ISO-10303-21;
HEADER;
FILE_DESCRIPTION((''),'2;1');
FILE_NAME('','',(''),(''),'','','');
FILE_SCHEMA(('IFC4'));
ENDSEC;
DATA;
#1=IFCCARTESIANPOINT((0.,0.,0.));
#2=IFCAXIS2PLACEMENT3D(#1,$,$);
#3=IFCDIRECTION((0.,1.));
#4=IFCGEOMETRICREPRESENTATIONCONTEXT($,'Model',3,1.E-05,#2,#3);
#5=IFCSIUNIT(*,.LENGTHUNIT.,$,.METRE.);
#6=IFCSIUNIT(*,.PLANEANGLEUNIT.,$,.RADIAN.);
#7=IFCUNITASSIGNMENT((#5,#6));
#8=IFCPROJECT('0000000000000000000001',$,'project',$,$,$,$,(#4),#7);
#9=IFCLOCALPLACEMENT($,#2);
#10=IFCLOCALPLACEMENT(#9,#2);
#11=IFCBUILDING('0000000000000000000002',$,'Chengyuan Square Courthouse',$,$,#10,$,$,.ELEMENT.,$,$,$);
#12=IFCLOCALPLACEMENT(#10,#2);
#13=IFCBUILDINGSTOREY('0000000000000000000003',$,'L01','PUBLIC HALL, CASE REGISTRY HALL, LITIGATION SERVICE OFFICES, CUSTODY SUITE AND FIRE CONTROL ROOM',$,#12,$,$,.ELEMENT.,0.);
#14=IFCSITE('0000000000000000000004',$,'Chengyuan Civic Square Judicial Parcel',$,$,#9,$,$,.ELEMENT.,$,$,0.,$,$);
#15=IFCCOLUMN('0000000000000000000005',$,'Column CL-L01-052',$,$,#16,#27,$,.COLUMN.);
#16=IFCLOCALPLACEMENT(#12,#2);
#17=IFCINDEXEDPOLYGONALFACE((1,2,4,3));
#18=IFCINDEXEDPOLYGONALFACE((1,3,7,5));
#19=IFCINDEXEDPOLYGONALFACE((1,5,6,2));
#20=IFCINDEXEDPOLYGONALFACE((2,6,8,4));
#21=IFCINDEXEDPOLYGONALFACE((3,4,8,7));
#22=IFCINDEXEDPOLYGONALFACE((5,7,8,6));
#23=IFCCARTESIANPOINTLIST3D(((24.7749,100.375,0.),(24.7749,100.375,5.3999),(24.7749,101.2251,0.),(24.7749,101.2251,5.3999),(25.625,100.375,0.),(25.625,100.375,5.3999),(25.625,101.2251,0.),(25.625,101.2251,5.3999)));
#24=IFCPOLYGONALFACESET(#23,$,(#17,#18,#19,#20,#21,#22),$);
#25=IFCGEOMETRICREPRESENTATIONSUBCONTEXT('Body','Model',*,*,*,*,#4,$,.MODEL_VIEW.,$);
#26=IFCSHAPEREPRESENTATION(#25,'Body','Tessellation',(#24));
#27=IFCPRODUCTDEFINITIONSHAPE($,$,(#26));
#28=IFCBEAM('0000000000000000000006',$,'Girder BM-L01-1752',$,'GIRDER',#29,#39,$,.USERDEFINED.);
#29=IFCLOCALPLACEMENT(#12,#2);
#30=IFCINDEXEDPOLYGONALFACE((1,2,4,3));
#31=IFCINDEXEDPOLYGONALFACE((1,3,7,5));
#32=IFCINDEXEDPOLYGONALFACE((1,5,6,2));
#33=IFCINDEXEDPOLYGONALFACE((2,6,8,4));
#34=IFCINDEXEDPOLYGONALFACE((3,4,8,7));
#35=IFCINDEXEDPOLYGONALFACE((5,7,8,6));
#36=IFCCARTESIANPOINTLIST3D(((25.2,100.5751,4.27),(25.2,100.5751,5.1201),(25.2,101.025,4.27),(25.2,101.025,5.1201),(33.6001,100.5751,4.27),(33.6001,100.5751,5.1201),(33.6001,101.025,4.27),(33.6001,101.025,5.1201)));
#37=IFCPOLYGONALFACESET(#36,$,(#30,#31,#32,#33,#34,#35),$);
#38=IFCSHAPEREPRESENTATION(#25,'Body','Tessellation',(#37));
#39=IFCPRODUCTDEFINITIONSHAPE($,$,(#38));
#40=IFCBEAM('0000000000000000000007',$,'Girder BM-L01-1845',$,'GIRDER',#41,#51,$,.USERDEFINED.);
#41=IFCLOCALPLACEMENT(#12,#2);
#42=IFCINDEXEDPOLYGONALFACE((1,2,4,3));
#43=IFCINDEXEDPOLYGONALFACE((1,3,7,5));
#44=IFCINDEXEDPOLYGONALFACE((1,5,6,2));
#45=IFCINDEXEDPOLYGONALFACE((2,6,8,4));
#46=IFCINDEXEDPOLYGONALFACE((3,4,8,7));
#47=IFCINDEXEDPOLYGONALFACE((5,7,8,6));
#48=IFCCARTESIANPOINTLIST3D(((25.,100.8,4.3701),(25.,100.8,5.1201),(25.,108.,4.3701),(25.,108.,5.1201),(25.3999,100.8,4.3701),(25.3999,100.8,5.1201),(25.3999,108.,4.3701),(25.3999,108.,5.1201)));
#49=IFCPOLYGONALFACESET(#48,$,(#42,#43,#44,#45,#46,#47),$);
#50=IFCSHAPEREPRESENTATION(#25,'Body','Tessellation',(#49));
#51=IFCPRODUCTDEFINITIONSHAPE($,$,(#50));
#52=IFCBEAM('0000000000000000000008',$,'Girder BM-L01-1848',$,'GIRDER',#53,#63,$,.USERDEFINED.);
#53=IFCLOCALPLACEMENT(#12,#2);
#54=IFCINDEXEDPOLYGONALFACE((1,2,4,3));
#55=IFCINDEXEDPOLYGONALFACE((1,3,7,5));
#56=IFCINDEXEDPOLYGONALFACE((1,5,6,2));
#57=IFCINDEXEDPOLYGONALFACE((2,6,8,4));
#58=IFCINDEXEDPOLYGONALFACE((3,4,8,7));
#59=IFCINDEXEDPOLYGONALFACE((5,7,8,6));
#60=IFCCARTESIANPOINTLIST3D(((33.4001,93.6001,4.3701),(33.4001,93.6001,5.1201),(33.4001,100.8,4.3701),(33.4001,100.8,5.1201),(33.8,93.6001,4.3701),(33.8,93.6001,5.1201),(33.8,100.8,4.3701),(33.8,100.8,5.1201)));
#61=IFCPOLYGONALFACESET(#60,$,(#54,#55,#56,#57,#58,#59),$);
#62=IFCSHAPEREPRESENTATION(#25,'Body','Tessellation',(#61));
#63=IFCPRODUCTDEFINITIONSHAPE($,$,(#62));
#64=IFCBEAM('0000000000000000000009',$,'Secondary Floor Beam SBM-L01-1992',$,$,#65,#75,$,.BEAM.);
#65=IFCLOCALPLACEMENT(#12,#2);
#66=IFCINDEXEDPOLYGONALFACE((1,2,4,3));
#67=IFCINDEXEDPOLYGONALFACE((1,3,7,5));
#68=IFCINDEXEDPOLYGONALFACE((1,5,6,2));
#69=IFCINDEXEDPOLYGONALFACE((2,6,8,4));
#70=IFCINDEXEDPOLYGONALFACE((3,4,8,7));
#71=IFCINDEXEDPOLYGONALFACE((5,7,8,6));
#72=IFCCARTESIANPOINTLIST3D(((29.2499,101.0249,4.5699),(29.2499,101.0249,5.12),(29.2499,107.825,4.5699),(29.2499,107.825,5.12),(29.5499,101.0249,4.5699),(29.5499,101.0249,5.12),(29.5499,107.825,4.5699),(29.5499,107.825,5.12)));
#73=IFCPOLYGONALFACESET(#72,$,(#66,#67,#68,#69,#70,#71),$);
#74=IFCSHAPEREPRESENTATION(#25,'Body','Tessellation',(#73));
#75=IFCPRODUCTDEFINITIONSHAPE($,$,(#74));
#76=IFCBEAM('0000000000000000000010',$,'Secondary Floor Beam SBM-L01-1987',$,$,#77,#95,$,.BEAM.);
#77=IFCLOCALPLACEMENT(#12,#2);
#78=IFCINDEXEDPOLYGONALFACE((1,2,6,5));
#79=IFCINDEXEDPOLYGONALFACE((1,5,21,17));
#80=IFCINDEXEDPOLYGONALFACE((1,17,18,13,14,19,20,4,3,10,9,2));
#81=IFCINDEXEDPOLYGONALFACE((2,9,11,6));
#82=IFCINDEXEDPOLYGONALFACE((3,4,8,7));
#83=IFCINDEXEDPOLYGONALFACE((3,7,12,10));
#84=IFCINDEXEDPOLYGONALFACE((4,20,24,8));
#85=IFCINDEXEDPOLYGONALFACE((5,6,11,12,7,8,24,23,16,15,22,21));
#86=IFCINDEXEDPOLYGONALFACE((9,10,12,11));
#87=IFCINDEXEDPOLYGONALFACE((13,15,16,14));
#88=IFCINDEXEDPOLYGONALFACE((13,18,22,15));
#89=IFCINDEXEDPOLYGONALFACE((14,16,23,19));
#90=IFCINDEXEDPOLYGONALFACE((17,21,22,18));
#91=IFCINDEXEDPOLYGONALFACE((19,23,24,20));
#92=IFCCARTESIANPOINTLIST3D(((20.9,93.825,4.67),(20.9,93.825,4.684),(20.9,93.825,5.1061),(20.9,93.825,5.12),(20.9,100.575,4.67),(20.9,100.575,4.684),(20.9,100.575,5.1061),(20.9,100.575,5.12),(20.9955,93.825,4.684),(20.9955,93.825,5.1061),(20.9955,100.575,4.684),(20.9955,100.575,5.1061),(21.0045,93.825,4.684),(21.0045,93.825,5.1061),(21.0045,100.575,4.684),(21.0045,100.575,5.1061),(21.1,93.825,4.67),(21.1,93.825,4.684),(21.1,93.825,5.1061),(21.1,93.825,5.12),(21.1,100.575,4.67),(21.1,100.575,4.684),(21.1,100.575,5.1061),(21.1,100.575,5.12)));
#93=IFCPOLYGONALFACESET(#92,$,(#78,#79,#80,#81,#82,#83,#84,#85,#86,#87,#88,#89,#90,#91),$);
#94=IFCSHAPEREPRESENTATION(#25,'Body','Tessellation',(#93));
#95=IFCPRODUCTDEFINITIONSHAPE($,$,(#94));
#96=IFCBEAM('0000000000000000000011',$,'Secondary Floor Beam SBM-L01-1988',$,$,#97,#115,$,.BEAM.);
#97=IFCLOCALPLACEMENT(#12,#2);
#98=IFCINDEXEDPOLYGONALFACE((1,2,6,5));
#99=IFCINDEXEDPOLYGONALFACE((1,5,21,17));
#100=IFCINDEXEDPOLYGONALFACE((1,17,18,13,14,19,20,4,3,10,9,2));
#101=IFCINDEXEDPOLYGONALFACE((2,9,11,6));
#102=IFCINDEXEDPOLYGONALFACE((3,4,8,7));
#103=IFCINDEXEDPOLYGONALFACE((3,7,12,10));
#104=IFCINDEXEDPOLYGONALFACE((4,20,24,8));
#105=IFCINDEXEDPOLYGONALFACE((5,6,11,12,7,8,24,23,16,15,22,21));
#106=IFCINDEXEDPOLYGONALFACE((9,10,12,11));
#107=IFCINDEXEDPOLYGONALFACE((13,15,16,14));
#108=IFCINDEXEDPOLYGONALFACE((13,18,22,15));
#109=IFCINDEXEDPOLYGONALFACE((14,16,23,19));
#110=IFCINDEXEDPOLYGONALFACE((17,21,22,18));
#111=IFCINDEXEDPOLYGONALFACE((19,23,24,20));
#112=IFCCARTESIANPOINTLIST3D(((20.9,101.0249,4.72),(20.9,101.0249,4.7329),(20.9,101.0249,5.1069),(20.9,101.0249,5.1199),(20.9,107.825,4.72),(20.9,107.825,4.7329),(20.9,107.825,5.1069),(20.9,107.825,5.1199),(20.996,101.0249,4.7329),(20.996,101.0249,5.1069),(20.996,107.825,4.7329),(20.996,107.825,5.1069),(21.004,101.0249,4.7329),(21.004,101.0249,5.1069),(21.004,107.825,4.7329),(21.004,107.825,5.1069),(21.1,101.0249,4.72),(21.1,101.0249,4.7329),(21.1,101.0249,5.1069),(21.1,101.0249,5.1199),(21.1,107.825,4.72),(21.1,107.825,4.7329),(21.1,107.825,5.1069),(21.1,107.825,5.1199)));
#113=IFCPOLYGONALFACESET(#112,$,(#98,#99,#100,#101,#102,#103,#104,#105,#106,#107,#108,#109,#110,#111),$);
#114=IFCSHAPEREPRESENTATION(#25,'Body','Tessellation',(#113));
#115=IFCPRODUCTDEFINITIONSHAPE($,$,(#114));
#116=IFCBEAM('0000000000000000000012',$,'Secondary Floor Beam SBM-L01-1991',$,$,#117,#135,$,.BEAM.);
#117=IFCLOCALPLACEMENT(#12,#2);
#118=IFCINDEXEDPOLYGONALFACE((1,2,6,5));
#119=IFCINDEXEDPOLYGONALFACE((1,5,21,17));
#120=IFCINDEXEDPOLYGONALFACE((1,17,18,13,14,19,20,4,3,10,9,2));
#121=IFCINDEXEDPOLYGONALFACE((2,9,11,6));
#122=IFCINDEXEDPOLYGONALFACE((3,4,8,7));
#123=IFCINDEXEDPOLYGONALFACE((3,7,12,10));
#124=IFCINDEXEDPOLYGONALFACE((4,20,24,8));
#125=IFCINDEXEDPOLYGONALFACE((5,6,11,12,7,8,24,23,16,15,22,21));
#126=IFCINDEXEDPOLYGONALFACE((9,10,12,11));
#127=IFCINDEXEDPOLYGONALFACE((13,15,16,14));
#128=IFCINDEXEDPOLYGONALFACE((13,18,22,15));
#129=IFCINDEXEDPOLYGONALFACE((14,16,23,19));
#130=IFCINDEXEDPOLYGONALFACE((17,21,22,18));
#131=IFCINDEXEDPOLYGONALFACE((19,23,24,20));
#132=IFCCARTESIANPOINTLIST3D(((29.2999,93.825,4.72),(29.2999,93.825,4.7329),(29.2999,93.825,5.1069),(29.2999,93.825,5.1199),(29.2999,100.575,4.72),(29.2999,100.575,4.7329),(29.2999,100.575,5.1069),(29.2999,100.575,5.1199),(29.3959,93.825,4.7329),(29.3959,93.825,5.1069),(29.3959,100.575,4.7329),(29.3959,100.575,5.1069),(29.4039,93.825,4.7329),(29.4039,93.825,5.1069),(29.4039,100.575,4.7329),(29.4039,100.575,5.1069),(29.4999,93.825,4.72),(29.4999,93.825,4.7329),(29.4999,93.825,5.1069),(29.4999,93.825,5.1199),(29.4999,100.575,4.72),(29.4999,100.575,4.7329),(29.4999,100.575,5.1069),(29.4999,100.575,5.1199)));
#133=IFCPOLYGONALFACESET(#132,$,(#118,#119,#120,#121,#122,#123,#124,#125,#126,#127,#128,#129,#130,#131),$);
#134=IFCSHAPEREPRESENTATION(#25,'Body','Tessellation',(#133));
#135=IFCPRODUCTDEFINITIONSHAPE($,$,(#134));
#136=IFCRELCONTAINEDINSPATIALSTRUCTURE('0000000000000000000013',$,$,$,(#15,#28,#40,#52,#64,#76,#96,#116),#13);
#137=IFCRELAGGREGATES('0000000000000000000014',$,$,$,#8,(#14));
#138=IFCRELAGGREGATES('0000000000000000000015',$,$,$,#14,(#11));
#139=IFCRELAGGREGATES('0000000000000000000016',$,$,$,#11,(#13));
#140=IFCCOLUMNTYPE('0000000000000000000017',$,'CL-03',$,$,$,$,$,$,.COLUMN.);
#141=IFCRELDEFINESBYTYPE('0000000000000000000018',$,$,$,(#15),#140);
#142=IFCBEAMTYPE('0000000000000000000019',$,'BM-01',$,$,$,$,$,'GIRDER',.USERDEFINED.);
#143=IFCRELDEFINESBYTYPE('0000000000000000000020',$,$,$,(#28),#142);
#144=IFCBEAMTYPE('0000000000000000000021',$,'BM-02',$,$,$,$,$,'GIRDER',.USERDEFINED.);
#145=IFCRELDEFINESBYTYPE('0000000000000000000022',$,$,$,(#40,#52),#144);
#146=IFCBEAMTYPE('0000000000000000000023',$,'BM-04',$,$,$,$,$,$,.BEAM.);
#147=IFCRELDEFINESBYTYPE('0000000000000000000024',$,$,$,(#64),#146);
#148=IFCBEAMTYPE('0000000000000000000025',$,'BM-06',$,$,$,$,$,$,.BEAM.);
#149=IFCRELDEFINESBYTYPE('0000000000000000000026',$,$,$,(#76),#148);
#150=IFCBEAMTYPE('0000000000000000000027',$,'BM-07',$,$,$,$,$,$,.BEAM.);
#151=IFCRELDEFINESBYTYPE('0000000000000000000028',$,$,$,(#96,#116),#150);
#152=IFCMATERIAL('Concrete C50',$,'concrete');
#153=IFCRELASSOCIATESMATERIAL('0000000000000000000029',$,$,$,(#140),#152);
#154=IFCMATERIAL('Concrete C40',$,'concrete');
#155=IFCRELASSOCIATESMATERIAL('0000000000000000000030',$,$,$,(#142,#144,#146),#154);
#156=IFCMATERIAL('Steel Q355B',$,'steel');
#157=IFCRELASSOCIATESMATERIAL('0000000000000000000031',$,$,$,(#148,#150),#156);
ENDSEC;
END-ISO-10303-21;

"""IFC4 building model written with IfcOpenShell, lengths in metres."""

from ifc_helpers import new_model, si_unit, direction, frame, origin, origin_2d, place, context, subcontext, project, spatial, rectangle, i_section, extrude, material, material_profile, profile_set, type_object, element, save


model = new_model("IFC4")

# Units and contexts
model_context = context("Model", 3, precision=1e-05, world=origin(), true_north=direction((0.0, 1.0)))
body_context = subcontext(model_context, "Body", "Model", "MODEL_VIEW")
ifc_project = project(units=[si_unit("LENGTHUNIT", "METRE"), si_unit("PLANEANGLEUNIT", "RADIAN")], contexts=[model_context])

# Site, building, storey
site_placement = place(None, origin())
site = spatial("IfcSite", under=ifc_project, at=site_placement, Name="Chengyuan Civic Square Judicial Parcel", CompositionType="ELEMENT", RefElevation=0.0)
building_placement = place(site_placement, origin())
building = spatial("IfcBuilding", under=site, at=building_placement, Name="Chengyuan Square Courthouse", CompositionType="ELEMENT")
storey_placement = place(building_placement, origin())
storey = spatial("IfcBuildingStorey", under=building, at=storey_placement, Name="L01", Description="PUBLIC HALL, CASE REGISTRY HALL, LITIGATION SERVICE OFFICES, CUSTODY SUITE AND FIRE CONTROL ROOM", CompositionType="ELEMENT", Elevation=0.0)

# Column
ifc_material_1 = material(Name="Concrete C50", Category="concrete")
ifc_material_profile_1 = material_profile(ifc_material_1, rectangle(XDim=0.8501, YDim=0.8501, at=origin_2d()), Name="RC-COL-850x850")
ifc_profile_set_1 = profile_set([ifc_material_profile_1], Name="Concrete C50")
column_type = type_object("IfcColumnType", Name="CL-03", PredefinedType="COLUMN", material=ifc_profile_set_1)
column_placement = place(storey_placement, frame((25.2, 100.8, 0.0), z_axis=(0.0, 0.0, 1.0), x_axis=(1.0, 0.0, 0.0)))
element("IfcColumn", 1, at=column_placement, inside=storey, type_object=column_type, Name="Column CL-L01-052", PredefinedType="COLUMN", context=body_context, shape_type="SweptSolid", body=[
    extrude(rectangle(XDim=0.8501, YDim=0.8501, at=origin_2d()), origin(), (0.0, 0.0, 1.0), 5.3999),
])

# Beams
ifc_material_2 = material(Name="Concrete C40", Category="concrete")
ifc_material_profile_2 = material_profile(ifc_material_2, rectangle(XDim=0.45, YDim=0.8501, at=origin_2d()), Name="RC-BM-450x850")
ifc_profile_set_2 = profile_set([ifc_material_profile_2], Name="Concrete C40")
beam_type_1 = type_object("IfcBeamType", Name="BM-01", ElementType="GIRDER", PredefinedType="USERDEFINED", material=ifc_profile_set_2)
beam_1_placement = place(storey_placement, frame((25.2, 100.8, 4.6951), z_axis=(1.0, 0.0, 0.0), x_axis=(0.0, 1.0, 0.0)))
element("IfcBeam", 2, at=beam_1_placement, inside=storey, type_object=beam_type_1, Name="Girder BM-L01-1752", ObjectType="GIRDER", PredefinedType="USERDEFINED", context=body_context, shape_type="SweptSolid", body=[
    extrude(rectangle(XDim=0.45, YDim=0.8501, at=origin_2d()), origin(), (0.0, 0.0, 1.0), 8.4001),
])
ifc_material_profile_3 = material_profile(ifc_material_2, rectangle(XDim=0.3999, YDim=0.75, at=origin_2d()), Name="RC-BM-400x750")
ifc_profile_set_3 = profile_set([ifc_material_profile_3], Name="Concrete C40")
beam_type_2 = type_object("IfcBeamType", Name="BM-02", ElementType="GIRDER", PredefinedType="USERDEFINED", material=ifc_profile_set_3)
for number, where, z_axis, x_axis, name in (
    (3, (25.2, 100.8, 4.7451), (0.0, 1.0, 0.0), (-1.0, 0.0, 0.0), "Girder BM-L01-1845"),
    (4, (33.6001, 93.6001, 4.7451), (0.0, 1.0, 0.0), (-1.0, 0.0, 0.0), "Girder BM-L01-1848"),
):
    element("IfcBeam", number, at=place(storey_placement, frame(where, z_axis=z_axis, x_axis=x_axis)), inside=storey, type_object=beam_type_2, Name=name, ObjectType="GIRDER", PredefinedType="USERDEFINED", context=body_context, shape_type="SweptSolid", body=[
        extrude(rectangle(XDim=0.3999, YDim=0.75, at=origin_2d()), origin(), (0.0, 0.0, 1.0), 7.2),
    ])
ifc_material_profile_4 = material_profile(ifc_material_2, rectangle(XDim=0.3, YDim=0.55, at=origin_2d()), Name="RC-BM-300x550")
ifc_profile_set_4 = profile_set([ifc_material_profile_4], Name="Concrete C40")
beam_type_3 = type_object("IfcBeamType", Name="BM-04", PredefinedType="BEAM", material=ifc_profile_set_4)
beam_2_placement = place(storey_placement, frame((29.3999, 101.0249, 4.845), z_axis=(0.0, 1.0, 0.0), x_axis=(-1.0, 0.0, 0.0)))
element("IfcBeam", 5, at=beam_2_placement, inside=storey, type_object=beam_type_3, Name="Secondary Floor Beam SBM-L01-1992", PredefinedType="BEAM", context=body_context, shape_type="SweptSolid", body=[
    extrude(rectangle(XDim=0.3, YDim=0.55, at=origin_2d()), origin(), (0.0, 0.0, 1.0), 6.8),
])
ifc_material_3 = material(Name="Steel Q355B", Category="steel")
ifc_material_profile_5 = material_profile(ifc_material_3, i_section(OverallWidth=0.2, OverallDepth=0.45, WebThickness=0.009, FlangeThickness=0.0139, at=origin_2d()), Name="HN 450x200x9x14")
ifc_profile_set_5 = profile_set([ifc_material_profile_5], Name="Steel Q355B")
beam_type_4 = type_object("IfcBeamType", Name="BM-06", PredefinedType="BEAM", material=ifc_profile_set_5)
beam_3_placement = place(storey_placement, frame((21.0, 93.825, 4.895), z_axis=(0.0, 1.0, 0.0), x_axis=(-1.0, 0.0, 0.0)))
element("IfcBeam", 6, at=beam_3_placement, inside=storey, type_object=beam_type_4, Name="Secondary Floor Beam SBM-L01-1987", PredefinedType="BEAM", context=body_context, shape_type="SweptSolid", body=[
    extrude(i_section(OverallWidth=0.2, OverallDepth=0.45, WebThickness=0.009, FlangeThickness=0.0139, at=origin_2d()), origin(), (0.0, 0.0, 1.0), 6.75),
])
ifc_material_profile_6 = material_profile(ifc_material_3, i_section(OverallWidth=0.2, OverallDepth=0.3999, WebThickness=0.0081, FlangeThickness=0.0129, at=origin_2d()), Name="HN 400x200x8x13")
ifc_profile_set_6 = profile_set([ifc_material_profile_6], Name="Steel Q355B")
beam_type_5 = type_object("IfcBeamType", Name="BM-07", PredefinedType="BEAM", material=ifc_profile_set_6)
beam_4_placement = place(storey_placement, frame((21.0, 101.0249, 4.9199), z_axis=(0.0, 1.0, 0.0), x_axis=(-1.0, 0.0, 0.0)))
element("IfcBeam", 7, at=beam_4_placement, inside=storey, type_object=beam_type_5, Name="Secondary Floor Beam SBM-L01-1988", PredefinedType="BEAM", context=body_context, shape_type="SweptSolid", body=[
    extrude(i_section(OverallWidth=0.2, OverallDepth=0.3999, WebThickness=0.0081, FlangeThickness=0.0129, at=origin_2d()), origin(), (0.0, 0.0, 1.0), 6.8),
])
beam_5_placement = place(storey_placement, frame((29.3999, 93.825, 4.9199), z_axis=(0.0, 1.0, 0.0), x_axis=(-1.0, 0.0, 0.0)))
element("IfcBeam", 8, at=beam_5_placement, inside=storey, type_object=beam_type_5, Name="Secondary Floor Beam SBM-L01-1991", PredefinedType="BEAM", context=body_context, shape_type="SweptSolid", body=[
    extrude(i_section(OverallWidth=0.2, OverallDepth=0.3999, WebThickness=0.0081, FlangeThickness=0.0129, at=origin_2d()), origin(), (0.0, 0.0, 1.0), 6.75),
])

save(model, "model.ifc")
